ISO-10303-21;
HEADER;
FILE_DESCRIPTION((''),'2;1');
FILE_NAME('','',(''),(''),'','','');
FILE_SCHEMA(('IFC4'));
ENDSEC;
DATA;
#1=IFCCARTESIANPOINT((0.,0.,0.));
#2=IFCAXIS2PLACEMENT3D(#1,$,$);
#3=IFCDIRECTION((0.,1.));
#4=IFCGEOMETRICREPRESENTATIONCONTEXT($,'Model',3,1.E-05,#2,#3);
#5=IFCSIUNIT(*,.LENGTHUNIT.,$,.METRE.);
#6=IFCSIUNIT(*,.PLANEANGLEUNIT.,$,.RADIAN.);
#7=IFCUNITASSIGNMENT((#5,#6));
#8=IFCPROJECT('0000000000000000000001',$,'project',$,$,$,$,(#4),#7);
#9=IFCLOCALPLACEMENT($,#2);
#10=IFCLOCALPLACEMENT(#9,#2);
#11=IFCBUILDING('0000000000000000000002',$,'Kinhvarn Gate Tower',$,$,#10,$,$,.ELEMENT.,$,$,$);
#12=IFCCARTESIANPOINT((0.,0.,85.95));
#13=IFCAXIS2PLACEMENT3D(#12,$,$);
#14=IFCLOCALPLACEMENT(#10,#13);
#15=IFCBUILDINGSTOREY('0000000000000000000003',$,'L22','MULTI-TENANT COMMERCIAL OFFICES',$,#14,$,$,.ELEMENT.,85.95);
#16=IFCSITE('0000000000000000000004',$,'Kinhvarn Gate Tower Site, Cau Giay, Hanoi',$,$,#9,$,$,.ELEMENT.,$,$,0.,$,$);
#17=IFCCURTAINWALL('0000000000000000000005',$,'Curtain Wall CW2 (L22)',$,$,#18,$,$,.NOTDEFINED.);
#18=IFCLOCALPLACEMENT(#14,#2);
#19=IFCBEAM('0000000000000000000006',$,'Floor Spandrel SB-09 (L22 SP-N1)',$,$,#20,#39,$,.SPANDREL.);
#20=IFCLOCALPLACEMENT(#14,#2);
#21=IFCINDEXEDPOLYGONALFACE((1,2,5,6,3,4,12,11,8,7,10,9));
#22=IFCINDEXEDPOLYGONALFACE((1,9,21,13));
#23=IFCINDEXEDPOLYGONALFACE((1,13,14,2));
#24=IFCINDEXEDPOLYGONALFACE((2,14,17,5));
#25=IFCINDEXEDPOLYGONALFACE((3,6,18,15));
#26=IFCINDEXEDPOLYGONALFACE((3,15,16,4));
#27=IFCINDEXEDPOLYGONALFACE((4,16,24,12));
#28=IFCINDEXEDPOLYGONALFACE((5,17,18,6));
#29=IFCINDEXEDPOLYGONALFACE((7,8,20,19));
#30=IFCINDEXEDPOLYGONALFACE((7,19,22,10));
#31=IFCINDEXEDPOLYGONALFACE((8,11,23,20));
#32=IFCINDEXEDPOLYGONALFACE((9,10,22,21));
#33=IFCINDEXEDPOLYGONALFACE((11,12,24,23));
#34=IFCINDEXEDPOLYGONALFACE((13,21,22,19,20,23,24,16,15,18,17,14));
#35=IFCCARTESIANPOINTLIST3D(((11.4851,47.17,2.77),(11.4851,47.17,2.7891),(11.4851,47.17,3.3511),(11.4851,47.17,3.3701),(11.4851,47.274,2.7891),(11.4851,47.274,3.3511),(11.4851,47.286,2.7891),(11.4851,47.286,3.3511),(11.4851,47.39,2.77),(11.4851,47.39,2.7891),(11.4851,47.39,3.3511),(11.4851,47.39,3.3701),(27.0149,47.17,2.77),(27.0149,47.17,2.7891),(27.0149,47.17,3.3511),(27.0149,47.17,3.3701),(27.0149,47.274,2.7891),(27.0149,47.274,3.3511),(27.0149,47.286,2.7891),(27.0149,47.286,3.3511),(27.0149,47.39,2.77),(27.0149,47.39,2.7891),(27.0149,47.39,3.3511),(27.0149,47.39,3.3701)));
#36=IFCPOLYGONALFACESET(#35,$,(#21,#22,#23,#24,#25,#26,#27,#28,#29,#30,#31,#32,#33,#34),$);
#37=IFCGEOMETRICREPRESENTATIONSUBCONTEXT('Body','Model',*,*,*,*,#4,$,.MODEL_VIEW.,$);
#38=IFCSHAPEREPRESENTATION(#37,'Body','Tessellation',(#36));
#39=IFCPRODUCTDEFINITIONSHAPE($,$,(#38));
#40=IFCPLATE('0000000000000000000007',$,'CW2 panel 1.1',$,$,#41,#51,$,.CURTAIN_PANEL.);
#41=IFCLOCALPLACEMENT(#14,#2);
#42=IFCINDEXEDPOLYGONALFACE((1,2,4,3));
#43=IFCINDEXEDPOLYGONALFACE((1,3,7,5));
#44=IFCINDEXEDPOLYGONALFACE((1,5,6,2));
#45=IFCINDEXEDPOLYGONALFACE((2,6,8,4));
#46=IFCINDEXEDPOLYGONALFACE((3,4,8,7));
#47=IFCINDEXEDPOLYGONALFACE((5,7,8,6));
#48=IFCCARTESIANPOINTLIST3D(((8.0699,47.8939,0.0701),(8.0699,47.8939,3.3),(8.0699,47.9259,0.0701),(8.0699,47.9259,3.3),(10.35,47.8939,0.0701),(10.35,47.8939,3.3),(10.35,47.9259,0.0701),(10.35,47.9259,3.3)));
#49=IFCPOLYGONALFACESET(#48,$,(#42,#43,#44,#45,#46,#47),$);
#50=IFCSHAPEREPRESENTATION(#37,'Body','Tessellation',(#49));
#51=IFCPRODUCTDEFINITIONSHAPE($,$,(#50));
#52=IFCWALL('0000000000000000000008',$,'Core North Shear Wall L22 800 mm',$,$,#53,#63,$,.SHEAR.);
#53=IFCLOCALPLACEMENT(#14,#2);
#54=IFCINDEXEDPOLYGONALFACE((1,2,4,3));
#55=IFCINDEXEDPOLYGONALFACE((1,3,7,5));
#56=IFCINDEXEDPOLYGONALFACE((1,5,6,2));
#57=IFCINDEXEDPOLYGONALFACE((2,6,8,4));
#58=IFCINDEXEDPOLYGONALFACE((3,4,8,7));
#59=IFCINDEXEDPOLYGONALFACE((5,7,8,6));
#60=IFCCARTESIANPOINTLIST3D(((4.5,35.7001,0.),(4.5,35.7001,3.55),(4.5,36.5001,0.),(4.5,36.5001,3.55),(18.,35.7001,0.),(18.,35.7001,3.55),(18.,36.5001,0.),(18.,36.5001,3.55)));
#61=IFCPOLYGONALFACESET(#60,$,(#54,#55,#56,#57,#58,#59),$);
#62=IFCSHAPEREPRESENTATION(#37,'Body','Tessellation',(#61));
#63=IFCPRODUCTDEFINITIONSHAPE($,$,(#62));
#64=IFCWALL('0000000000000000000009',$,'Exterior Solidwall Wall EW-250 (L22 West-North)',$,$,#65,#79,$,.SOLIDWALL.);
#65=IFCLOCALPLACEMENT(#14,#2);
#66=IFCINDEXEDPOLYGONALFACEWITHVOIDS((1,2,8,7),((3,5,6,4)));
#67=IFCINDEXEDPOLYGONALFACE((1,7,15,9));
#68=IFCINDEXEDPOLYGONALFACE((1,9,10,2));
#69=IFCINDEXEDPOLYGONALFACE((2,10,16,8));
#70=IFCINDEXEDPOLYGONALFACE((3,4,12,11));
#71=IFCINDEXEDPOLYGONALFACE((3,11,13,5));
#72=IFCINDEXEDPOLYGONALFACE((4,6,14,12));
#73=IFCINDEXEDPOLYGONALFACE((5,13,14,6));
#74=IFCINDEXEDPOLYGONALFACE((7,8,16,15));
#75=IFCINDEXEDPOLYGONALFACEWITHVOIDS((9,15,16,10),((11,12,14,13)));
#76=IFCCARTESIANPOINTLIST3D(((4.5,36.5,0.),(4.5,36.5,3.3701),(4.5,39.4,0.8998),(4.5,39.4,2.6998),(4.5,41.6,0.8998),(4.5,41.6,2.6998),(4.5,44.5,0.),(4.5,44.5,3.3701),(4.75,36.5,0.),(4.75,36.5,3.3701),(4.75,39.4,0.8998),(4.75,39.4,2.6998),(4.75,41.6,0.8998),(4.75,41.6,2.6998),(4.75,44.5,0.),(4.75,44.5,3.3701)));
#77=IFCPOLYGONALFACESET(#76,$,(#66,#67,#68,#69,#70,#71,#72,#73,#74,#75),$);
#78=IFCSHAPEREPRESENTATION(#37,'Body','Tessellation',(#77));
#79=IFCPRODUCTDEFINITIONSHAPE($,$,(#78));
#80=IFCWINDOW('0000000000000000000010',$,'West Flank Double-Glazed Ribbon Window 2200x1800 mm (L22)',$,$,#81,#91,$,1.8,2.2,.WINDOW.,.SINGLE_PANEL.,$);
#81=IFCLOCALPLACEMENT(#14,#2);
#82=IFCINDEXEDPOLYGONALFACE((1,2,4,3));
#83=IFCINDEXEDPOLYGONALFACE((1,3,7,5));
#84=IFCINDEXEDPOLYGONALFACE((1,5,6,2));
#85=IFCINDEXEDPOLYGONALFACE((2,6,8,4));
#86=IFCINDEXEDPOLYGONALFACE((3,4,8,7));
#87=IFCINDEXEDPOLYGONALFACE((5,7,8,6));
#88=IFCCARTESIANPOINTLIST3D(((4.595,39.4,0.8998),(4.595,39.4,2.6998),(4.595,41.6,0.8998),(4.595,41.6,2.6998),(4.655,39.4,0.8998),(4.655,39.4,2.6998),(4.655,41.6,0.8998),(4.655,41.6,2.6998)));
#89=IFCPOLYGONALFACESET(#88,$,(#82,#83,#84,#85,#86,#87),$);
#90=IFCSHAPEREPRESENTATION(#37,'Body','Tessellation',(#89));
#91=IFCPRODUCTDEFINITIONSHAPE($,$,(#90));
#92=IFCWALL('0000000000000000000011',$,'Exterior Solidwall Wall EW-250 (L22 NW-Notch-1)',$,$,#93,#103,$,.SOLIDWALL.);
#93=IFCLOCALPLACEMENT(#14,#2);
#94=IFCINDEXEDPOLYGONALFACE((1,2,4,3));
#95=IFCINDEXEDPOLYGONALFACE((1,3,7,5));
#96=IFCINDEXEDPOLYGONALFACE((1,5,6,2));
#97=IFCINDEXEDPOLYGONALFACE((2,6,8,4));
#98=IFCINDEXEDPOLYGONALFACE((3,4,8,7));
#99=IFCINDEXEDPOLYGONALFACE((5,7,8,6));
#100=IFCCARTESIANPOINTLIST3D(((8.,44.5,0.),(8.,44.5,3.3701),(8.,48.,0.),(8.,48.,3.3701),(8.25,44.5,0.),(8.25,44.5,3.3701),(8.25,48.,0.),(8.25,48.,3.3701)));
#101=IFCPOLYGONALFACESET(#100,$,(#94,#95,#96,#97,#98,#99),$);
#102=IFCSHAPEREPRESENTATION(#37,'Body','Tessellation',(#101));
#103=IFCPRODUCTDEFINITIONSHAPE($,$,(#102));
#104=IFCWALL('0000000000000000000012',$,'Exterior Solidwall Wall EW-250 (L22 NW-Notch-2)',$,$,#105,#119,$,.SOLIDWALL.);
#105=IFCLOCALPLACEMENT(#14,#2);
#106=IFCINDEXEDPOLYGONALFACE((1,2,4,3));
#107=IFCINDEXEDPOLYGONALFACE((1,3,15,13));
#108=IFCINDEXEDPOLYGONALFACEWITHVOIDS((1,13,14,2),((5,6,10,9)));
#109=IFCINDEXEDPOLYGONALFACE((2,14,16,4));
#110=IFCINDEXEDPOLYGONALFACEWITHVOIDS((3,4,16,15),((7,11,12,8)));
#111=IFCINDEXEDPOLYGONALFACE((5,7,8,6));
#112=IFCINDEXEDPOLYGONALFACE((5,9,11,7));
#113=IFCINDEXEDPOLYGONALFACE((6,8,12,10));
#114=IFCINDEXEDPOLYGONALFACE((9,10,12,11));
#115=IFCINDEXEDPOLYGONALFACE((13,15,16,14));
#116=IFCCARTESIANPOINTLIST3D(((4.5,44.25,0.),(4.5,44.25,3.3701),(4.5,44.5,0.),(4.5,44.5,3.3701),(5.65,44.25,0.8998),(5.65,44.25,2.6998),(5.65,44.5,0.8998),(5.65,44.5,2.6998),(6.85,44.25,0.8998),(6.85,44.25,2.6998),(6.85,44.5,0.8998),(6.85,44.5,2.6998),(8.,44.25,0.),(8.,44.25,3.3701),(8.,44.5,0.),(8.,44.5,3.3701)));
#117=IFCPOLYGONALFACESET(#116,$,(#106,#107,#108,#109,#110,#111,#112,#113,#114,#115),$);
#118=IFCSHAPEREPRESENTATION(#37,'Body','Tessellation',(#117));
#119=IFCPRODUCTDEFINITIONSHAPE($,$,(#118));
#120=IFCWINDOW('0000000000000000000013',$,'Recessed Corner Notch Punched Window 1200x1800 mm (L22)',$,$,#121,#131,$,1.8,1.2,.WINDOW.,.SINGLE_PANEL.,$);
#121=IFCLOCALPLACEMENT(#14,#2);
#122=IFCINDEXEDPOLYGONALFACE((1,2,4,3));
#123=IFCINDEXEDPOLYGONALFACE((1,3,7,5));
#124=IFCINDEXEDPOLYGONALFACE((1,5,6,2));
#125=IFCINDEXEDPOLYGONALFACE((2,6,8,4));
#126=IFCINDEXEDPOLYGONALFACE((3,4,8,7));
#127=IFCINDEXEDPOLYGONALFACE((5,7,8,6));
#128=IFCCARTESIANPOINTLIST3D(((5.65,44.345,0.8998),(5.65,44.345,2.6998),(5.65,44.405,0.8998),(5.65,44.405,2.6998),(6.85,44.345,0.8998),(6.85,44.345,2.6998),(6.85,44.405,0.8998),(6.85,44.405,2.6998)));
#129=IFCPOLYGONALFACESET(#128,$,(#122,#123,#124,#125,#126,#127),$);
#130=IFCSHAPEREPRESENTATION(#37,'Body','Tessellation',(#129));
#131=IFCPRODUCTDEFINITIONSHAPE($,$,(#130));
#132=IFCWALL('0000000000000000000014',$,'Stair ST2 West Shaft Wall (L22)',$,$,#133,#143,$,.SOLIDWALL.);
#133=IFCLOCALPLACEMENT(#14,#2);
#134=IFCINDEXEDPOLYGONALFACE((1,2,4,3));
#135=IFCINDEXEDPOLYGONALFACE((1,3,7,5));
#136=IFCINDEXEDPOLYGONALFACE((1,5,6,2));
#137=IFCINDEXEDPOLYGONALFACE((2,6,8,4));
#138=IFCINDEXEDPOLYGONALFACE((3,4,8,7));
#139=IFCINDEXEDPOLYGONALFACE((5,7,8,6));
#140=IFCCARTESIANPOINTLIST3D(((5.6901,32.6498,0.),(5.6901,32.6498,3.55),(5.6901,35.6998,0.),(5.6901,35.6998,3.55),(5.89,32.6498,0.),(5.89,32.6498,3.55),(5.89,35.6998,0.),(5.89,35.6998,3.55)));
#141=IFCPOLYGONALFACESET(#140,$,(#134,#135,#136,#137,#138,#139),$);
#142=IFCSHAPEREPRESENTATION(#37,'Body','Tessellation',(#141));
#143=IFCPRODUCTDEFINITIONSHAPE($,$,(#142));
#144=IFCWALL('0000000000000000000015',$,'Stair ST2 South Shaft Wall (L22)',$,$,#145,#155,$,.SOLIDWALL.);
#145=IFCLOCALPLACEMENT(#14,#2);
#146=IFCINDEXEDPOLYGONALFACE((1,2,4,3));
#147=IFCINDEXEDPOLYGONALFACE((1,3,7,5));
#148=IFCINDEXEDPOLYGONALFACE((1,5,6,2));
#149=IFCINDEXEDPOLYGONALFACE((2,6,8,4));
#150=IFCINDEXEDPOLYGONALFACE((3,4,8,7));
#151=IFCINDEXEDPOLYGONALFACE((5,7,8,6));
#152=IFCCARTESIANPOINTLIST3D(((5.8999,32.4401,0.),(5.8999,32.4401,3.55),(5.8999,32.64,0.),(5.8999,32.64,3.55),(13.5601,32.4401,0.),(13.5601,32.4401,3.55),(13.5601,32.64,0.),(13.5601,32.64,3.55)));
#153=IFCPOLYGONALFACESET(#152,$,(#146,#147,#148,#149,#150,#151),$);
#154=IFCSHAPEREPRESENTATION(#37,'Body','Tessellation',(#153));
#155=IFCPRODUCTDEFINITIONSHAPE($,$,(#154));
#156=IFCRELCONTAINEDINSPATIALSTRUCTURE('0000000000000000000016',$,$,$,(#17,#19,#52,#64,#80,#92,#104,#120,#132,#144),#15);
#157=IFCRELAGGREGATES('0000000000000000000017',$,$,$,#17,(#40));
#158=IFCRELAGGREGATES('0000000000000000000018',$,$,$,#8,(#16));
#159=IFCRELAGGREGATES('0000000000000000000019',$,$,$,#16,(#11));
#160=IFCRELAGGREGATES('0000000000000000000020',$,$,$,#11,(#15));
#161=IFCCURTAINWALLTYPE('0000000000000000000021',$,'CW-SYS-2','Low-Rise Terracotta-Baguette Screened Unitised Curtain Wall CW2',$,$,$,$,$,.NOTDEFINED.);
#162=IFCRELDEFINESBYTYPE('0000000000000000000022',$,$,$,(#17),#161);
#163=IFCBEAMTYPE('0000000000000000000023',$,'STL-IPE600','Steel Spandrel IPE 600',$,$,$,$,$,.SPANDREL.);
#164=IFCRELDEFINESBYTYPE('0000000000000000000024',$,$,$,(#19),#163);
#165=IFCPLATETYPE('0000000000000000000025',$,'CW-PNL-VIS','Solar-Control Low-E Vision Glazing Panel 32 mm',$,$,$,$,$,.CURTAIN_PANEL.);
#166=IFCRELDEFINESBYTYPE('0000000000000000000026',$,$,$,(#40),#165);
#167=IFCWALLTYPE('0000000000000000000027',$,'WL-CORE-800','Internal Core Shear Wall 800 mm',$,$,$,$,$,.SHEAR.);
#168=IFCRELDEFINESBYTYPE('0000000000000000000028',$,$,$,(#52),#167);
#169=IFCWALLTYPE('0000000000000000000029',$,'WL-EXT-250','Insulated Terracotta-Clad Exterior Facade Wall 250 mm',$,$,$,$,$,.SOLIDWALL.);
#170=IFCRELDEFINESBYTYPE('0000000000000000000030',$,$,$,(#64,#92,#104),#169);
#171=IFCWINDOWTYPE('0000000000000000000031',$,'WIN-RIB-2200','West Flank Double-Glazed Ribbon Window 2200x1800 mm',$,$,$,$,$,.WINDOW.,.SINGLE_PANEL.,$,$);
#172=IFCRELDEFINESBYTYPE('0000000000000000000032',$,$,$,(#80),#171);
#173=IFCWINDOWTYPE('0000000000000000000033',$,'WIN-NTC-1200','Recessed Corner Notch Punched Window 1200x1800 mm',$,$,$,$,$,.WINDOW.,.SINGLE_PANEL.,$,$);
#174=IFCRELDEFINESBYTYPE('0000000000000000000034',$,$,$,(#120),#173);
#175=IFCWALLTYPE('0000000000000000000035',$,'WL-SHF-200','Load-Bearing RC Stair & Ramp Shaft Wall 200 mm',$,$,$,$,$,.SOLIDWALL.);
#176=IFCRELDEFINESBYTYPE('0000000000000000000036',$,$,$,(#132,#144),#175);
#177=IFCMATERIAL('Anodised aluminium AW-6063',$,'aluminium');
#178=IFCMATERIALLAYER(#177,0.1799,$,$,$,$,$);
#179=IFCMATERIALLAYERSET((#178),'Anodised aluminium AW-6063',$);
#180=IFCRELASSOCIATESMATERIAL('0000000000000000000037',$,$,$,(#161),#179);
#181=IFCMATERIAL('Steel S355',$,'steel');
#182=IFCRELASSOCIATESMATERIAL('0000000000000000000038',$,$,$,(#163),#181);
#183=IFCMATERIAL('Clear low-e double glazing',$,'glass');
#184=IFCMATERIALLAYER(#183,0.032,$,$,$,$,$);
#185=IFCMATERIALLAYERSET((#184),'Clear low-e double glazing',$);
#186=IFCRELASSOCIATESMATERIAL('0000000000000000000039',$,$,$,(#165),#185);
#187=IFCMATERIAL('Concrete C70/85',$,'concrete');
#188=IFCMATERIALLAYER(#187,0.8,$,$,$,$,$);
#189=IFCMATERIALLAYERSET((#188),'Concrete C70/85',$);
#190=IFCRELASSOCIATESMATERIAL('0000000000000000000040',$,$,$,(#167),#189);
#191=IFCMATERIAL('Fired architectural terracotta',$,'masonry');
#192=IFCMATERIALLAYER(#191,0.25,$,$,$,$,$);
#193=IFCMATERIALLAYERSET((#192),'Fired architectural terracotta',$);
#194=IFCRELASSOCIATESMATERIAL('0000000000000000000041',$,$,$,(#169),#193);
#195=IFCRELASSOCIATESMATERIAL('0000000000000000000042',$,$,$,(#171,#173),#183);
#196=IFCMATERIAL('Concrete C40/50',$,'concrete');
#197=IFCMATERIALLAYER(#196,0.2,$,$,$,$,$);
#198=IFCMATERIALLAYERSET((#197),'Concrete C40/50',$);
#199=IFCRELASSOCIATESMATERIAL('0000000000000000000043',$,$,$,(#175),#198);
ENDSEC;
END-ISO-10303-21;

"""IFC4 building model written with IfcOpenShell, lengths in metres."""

from ifc_helpers import new_model, si_unit, direction, frame, frame_2d, origin, origin_2d, place, context, subcontext, project, spatial, rectangle, i_section, extrude, material, layer, layer_set, material_profile, profile_set, type_object, element, fill, aggregate, save


model = new_model("IFC4")

# Units and contexts
model_context = context("Model", 3, precision=1e-05, world=origin(), true_north=direction((0.0, 1.0)))
body_context = subcontext(model_context, "Body", "Model", "MODEL_VIEW")
ifc_project = project(units=[si_unit("LENGTHUNIT", "METRE"), si_unit("PLANEANGLEUNIT", "RADIAN")], contexts=[model_context])

# Site, building, storey
site_placement = place(None, origin())
site = spatial("IfcSite", under=ifc_project, at=site_placement, Name="Kinhvarn Gate Tower Site, Cau Giay, Hanoi", CompositionType="ELEMENT", RefElevation=0.0)
building_placement = place(site_placement, origin())
building = spatial("IfcBuilding", under=site, at=building_placement, Name="Kinhvarn Gate Tower", CompositionType="ELEMENT")
storey_placement = place(building_placement, frame((0.0, 0.0, 85.95)))
storey = spatial("IfcBuildingStorey", under=building, at=storey_placement, Name="L22", Description="MULTI-TENANT COMMERCIAL OFFICES", CompositionType="ELEMENT", Elevation=85.95)

# Shared definitions
ifc_material_1 = material(Name="Concrete C70/85", Category="concrete")

# Curtain wall
ifc_material_2 = material(Name="Anodised aluminium AW-6063", Category="aluminium")
ifc_layer_1 = layer(ifc_material_2, 0.1799)
ifc_layer_set_1 = layer_set([ifc_layer_1], Name="Anodised aluminium AW-6063")
curtain_wall_type = type_object("IfcCurtainWallType", Name="CW-SYS-2", Description="Low-Rise Terracotta-Baguette Screened Unitised Curtain Wall CW2", PredefinedType="NOTDEFINED", material=ifc_layer_set_1)
curtain_wall_placement = place(storey_placement, origin())
curtain_wall = element("IfcCurtainWall", 1, at=curtain_wall_placement, inside=storey, type_object=curtain_wall_type, Name="Curtain Wall CW2 (L22)", PredefinedType="NOTDEFINED")

# Beam
ifc_material_3 = material(Name="Steel S355", Category="steel")
ifc_material_profile_1 = material_profile(ifc_material_3, i_section(OverallWidth=0.22, OverallDepth=0.6001, WebThickness=0.012, FlangeThickness=0.019, at=origin_2d()), Name="IPE 600")
ifc_profile_set_1 = profile_set([ifc_material_profile_1], Name="Steel S355")
beam_type_1 = type_object("IfcBeamType", Name="STL-IPE600", Description="Steel Spandrel IPE 600", PredefinedType="SPANDREL", material=ifc_profile_set_1)
beam_1_placement = place(storey_placement, frame((11.4851, 47.28, 3.0701), z_axis=(1.0, 0.0, 0.0), x_axis=(0.0, 1.0, 0.0)))
element("IfcBeam", 2, at=beam_1_placement, inside=storey, type_object=beam_type_1, Name="Floor Spandrel SB-09 (L22 SP-N1)", PredefinedType="SPANDREL", context=body_context, shape_type="SweptSolid", body=[
    extrude(i_section(OverallWidth=0.22, OverallDepth=0.6001, WebThickness=0.012, FlangeThickness=0.019, at=origin_2d()), origin(), (0.0, 0.0, 1.0), 15.5298),
])

# Plate
ifc_material_4 = material(Name="Clear low-e double glazing", Category="glass")
ifc_layer_2 = layer(ifc_material_4, 0.032)
ifc_layer_set_2 = layer_set([ifc_layer_2], Name="Clear low-e double glazing")
plate_type = type_object("IfcPlateType", Name="CW-PNL-VIS", Description="Solar-Control Low-E Vision Glazing Panel 32 mm", PredefinedType="CURTAIN_PANEL", material=ifc_layer_set_2)
plate_placement = place(storey_placement, frame((9.21, 47.9099, 0.0701), z_axis=(0.0, 0.0, 1.0), x_axis=(-1.0, 0.0, 0.0)))
plate = element("IfcPlate", 3, at=plate_placement, type_object=plate_type, Name="CW2 panel 1.1", PredefinedType="CURTAIN_PANEL", context=body_context, shape_type="SweptSolid", body=[
    extrude(rectangle(XDim=2.28, YDim=0.032, at=origin_2d()), origin(), (0.0, 0.0, 1.0), 3.23),
])
aggregate(curtain_wall, [plate])

# Wall
ifc_layer_3 = layer(ifc_material_1, 0.8)
ifc_layer_set_3 = layer_set([ifc_layer_3], Name="Concrete C70/85")
wall_type_1 = type_object("IfcWallType", Name="WL-CORE-800", Description="Internal Core Shear Wall 800 mm", PredefinedType="SHEAR", material=ifc_layer_set_3)
wall_1_placement = place(storey_placement, frame((4.5, 36.1001, 0.0), z_axis=(0.0, 0.0, 1.0), x_axis=(1.0, 0.0, 0.0)))
element("IfcWall", 4, at=wall_1_placement, inside=storey, type_object=wall_type_1, Name="Core North Shear Wall L22 800 mm", PredefinedType="SHEAR", context=body_context, shape_type="SweptSolid", body=[
    extrude(rectangle(XDim=13.5, YDim=0.8, at=frame_2d((6.75, 0.0))), origin(), (0.0, 0.0, 1.0), 3.55),
])

# Wall, opening, window
ifc_material_5 = material(Name="Fired architectural terracotta", Category="masonry")
ifc_layer_4 = layer(ifc_material_5, 0.25)
ifc_layer_set_4 = layer_set([ifc_layer_4], Name="Fired architectural terracotta")
wall_type_2 = type_object("IfcWallType", Name="WL-EXT-250", Description="Insulated Terracotta-Clad Exterior Facade Wall 250 mm", PredefinedType="SOLIDWALL", material=ifc_layer_set_4)
wall_2_placement = place(storey_placement, frame((4.625, 44.5, 0.0), z_axis=(0.0, 0.0, 1.0), x_axis=(0.0, -1.0, 0.0)))
wall_2 = element("IfcWall", 5, at=wall_2_placement, inside=storey, type_object=wall_type_2, Name="Exterior Solidwall Wall EW-250 (L22 West-North)", PredefinedType="SOLIDWALL", context=body_context, shape_type="SweptSolid", body=[
    extrude(rectangle(XDim=8.0, YDim=0.25, at=frame_2d((4.0, 0.0))), origin(), (0.0, 0.0, 1.0), 3.3701),
])
opening_1_placement = place(wall_2_placement, frame((2.8999, 0.0, 0.8999)))
opening_1 = element("IfcOpeningElement", 6, at=opening_1_placement, cuts=wall_2, PredefinedType="OPENING", context=body_context, shape_type="SweptSolid", body=[
    extrude(rectangle(XDim=2.2, YDim=1.8, at=frame_2d((1.1001, 0.8999))), frame((0.0, 0.135, 0.0), z_axis=(0.0, -1.0, 0.0), x_axis=(1.0, 0.0, 0.0)), (0.0, 0.0, 1.0), 0.27),
])
window_type_1 = type_object("IfcWindowType", Name="WIN-RIB-2200", Description="West Flank Double-Glazed Ribbon Window 2200x1800 mm", PartitioningType="SINGLE_PANEL", PredefinedType="WINDOW", material=ifc_material_4)
window_1_placement = place(opening_1_placement, origin())
window_1 = element("IfcWindow", 7, at=window_1_placement, inside=storey, type_object=window_type_1, Name="West Flank Double-Glazed Ribbon Window 2200x1800 mm (L22)", OverallHeight=1.8, OverallWidth=2.2, PartitioningType="SINGLE_PANEL", PredefinedType="WINDOW", context=body_context, shape_type="SweptSolid", body=[
    extrude(rectangle(XDim=2.2, YDim=1.8, at=frame_2d((1.1001, 0.8999))), frame((0.0, 0.03, 0.0), z_axis=(0.0, -1.0, 0.0), x_axis=(1.0, 0.0, 0.0)), (0.0, 0.0, 1.0), 0.0601),
])
fill(opening_1, window_1)

# Wall
wall_3_placement = place(storey_placement, frame((8.125, 48.0, 0.0), z_axis=(0.0, 0.0, 1.0), x_axis=(0.0, -1.0, 0.0)))
element("IfcWall", 8, at=wall_3_placement, inside=storey, type_object=wall_type_2, Name="Exterior Solidwall Wall EW-250 (L22 NW-Notch-1)", PredefinedType="SOLIDWALL", context=body_context, shape_type="SweptSolid", body=[
    extrude(rectangle(XDim=3.5, YDim=0.25, at=frame_2d((1.75, 0.0))), origin(), (0.0, 0.0, 1.0), 3.3701),
])

# Wall, opening, window
wall_4_placement = place(storey_placement, frame((8.0, 44.375, 0.0), z_axis=(0.0, 0.0, 1.0), x_axis=(-1.0, 0.0, 0.0)))
wall_4 = element("IfcWall", 9, at=wall_4_placement, inside=storey, type_object=wall_type_2, Name="Exterior Solidwall Wall EW-250 (L22 NW-Notch-2)", PredefinedType="SOLIDWALL", context=body_context, shape_type="SweptSolid", body=[
    extrude(rectangle(XDim=3.5, YDim=0.25, at=frame_2d((1.75, 0.0))), origin(), (0.0, 0.0, 1.0), 3.3701),
])
opening_2_placement = place(wall_4_placement, frame((1.1499, 0.0, 0.8999)))
opening_2 = element("IfcOpeningElement", 10, at=opening_2_placement, cuts=wall_4, PredefinedType="OPENING", context=body_context, shape_type="SweptSolid", body=[
    extrude(rectangle(XDim=1.2, YDim=1.8, at=frame_2d((0.6001, 0.8999))), frame((0.0, 0.135, 0.0), z_axis=(0.0, -1.0, 0.0), x_axis=(1.0, 0.0, 0.0)), (0.0, 0.0, 1.0), 0.27),
])
window_type_2 = type_object("IfcWindowType", Name="WIN-NTC-1200", Description="Recessed Corner Notch Punched Window 1200x1800 mm", PartitioningType="SINGLE_PANEL", PredefinedType="WINDOW", material=ifc_material_4)
window_2_placement = place(opening_2_placement, origin())
window_2 = element("IfcWindow", 11, at=window_2_placement, inside=storey, type_object=window_type_2, Name="Recessed Corner Notch Punched Window 1200x1800 mm (L22)", OverallHeight=1.8, OverallWidth=1.2, PartitioningType="SINGLE_PANEL", PredefinedType="WINDOW", context=body_context, shape_type="SweptSolid", body=[
    extrude(rectangle(XDim=1.2, YDim=1.8, at=frame_2d((0.6001, 0.8999))), frame((0.0, 0.03, 0.0), z_axis=(0.0, -1.0, 0.0), x_axis=(1.0, 0.0, 0.0)), (0.0, 0.0, 1.0), 0.0601),
])
fill(opening_2, window_2)

# Walls
ifc_material_6 = material(Name="Concrete C40/50", Category="concrete")
ifc_layer_5 = layer(ifc_material_6, 0.2)
ifc_layer_set_5 = layer_set([ifc_layer_5], Name="Concrete C40/50")
wall_type_3 = type_object("IfcWallType", Name="WL-SHF-200", Description="Load-Bearing RC Stair & Ramp Shaft Wall 200 mm", PredefinedType="SOLIDWALL", material=ifc_layer_set_5)
wall_5_placement = place(storey_placement, frame((5.79, 32.6499, 0.0), z_axis=(0.0, 0.0, 1.0), x_axis=(0.0, 1.0, 0.0)))
element("IfcWall", 12, at=wall_5_placement, inside=storey, type_object=wall_type_3, Name="Stair ST2 West Shaft Wall (L22)", PredefinedType="SOLIDWALL", context=body_context, shape_type="SweptSolid", body=[
    extrude(rectangle(XDim=3.05, YDim=0.2, at=frame_2d((1.5249, 0.0))), origin(), (0.0, 0.0, 1.0), 3.55),
])
wall_6_placement = place(storey_placement, frame((5.8999, 32.54, 0.0), z_axis=(0.0, 0.0, 1.0), x_axis=(1.0, 0.0, 0.0)))
element("IfcWall", 13, at=wall_6_placement, inside=storey, type_object=wall_type_3, Name="Stair ST2 South Shaft Wall (L22)", PredefinedType="SOLIDWALL", context=body_context, shape_type="SweptSolid", body=[
    extrude(rectangle(XDim=7.6602, YDim=0.2, at=frame_2d((3.8301, 0.0))), origin(), (0.0, 0.0, 1.0), 3.55),
])

save(model, "model.ifc")
